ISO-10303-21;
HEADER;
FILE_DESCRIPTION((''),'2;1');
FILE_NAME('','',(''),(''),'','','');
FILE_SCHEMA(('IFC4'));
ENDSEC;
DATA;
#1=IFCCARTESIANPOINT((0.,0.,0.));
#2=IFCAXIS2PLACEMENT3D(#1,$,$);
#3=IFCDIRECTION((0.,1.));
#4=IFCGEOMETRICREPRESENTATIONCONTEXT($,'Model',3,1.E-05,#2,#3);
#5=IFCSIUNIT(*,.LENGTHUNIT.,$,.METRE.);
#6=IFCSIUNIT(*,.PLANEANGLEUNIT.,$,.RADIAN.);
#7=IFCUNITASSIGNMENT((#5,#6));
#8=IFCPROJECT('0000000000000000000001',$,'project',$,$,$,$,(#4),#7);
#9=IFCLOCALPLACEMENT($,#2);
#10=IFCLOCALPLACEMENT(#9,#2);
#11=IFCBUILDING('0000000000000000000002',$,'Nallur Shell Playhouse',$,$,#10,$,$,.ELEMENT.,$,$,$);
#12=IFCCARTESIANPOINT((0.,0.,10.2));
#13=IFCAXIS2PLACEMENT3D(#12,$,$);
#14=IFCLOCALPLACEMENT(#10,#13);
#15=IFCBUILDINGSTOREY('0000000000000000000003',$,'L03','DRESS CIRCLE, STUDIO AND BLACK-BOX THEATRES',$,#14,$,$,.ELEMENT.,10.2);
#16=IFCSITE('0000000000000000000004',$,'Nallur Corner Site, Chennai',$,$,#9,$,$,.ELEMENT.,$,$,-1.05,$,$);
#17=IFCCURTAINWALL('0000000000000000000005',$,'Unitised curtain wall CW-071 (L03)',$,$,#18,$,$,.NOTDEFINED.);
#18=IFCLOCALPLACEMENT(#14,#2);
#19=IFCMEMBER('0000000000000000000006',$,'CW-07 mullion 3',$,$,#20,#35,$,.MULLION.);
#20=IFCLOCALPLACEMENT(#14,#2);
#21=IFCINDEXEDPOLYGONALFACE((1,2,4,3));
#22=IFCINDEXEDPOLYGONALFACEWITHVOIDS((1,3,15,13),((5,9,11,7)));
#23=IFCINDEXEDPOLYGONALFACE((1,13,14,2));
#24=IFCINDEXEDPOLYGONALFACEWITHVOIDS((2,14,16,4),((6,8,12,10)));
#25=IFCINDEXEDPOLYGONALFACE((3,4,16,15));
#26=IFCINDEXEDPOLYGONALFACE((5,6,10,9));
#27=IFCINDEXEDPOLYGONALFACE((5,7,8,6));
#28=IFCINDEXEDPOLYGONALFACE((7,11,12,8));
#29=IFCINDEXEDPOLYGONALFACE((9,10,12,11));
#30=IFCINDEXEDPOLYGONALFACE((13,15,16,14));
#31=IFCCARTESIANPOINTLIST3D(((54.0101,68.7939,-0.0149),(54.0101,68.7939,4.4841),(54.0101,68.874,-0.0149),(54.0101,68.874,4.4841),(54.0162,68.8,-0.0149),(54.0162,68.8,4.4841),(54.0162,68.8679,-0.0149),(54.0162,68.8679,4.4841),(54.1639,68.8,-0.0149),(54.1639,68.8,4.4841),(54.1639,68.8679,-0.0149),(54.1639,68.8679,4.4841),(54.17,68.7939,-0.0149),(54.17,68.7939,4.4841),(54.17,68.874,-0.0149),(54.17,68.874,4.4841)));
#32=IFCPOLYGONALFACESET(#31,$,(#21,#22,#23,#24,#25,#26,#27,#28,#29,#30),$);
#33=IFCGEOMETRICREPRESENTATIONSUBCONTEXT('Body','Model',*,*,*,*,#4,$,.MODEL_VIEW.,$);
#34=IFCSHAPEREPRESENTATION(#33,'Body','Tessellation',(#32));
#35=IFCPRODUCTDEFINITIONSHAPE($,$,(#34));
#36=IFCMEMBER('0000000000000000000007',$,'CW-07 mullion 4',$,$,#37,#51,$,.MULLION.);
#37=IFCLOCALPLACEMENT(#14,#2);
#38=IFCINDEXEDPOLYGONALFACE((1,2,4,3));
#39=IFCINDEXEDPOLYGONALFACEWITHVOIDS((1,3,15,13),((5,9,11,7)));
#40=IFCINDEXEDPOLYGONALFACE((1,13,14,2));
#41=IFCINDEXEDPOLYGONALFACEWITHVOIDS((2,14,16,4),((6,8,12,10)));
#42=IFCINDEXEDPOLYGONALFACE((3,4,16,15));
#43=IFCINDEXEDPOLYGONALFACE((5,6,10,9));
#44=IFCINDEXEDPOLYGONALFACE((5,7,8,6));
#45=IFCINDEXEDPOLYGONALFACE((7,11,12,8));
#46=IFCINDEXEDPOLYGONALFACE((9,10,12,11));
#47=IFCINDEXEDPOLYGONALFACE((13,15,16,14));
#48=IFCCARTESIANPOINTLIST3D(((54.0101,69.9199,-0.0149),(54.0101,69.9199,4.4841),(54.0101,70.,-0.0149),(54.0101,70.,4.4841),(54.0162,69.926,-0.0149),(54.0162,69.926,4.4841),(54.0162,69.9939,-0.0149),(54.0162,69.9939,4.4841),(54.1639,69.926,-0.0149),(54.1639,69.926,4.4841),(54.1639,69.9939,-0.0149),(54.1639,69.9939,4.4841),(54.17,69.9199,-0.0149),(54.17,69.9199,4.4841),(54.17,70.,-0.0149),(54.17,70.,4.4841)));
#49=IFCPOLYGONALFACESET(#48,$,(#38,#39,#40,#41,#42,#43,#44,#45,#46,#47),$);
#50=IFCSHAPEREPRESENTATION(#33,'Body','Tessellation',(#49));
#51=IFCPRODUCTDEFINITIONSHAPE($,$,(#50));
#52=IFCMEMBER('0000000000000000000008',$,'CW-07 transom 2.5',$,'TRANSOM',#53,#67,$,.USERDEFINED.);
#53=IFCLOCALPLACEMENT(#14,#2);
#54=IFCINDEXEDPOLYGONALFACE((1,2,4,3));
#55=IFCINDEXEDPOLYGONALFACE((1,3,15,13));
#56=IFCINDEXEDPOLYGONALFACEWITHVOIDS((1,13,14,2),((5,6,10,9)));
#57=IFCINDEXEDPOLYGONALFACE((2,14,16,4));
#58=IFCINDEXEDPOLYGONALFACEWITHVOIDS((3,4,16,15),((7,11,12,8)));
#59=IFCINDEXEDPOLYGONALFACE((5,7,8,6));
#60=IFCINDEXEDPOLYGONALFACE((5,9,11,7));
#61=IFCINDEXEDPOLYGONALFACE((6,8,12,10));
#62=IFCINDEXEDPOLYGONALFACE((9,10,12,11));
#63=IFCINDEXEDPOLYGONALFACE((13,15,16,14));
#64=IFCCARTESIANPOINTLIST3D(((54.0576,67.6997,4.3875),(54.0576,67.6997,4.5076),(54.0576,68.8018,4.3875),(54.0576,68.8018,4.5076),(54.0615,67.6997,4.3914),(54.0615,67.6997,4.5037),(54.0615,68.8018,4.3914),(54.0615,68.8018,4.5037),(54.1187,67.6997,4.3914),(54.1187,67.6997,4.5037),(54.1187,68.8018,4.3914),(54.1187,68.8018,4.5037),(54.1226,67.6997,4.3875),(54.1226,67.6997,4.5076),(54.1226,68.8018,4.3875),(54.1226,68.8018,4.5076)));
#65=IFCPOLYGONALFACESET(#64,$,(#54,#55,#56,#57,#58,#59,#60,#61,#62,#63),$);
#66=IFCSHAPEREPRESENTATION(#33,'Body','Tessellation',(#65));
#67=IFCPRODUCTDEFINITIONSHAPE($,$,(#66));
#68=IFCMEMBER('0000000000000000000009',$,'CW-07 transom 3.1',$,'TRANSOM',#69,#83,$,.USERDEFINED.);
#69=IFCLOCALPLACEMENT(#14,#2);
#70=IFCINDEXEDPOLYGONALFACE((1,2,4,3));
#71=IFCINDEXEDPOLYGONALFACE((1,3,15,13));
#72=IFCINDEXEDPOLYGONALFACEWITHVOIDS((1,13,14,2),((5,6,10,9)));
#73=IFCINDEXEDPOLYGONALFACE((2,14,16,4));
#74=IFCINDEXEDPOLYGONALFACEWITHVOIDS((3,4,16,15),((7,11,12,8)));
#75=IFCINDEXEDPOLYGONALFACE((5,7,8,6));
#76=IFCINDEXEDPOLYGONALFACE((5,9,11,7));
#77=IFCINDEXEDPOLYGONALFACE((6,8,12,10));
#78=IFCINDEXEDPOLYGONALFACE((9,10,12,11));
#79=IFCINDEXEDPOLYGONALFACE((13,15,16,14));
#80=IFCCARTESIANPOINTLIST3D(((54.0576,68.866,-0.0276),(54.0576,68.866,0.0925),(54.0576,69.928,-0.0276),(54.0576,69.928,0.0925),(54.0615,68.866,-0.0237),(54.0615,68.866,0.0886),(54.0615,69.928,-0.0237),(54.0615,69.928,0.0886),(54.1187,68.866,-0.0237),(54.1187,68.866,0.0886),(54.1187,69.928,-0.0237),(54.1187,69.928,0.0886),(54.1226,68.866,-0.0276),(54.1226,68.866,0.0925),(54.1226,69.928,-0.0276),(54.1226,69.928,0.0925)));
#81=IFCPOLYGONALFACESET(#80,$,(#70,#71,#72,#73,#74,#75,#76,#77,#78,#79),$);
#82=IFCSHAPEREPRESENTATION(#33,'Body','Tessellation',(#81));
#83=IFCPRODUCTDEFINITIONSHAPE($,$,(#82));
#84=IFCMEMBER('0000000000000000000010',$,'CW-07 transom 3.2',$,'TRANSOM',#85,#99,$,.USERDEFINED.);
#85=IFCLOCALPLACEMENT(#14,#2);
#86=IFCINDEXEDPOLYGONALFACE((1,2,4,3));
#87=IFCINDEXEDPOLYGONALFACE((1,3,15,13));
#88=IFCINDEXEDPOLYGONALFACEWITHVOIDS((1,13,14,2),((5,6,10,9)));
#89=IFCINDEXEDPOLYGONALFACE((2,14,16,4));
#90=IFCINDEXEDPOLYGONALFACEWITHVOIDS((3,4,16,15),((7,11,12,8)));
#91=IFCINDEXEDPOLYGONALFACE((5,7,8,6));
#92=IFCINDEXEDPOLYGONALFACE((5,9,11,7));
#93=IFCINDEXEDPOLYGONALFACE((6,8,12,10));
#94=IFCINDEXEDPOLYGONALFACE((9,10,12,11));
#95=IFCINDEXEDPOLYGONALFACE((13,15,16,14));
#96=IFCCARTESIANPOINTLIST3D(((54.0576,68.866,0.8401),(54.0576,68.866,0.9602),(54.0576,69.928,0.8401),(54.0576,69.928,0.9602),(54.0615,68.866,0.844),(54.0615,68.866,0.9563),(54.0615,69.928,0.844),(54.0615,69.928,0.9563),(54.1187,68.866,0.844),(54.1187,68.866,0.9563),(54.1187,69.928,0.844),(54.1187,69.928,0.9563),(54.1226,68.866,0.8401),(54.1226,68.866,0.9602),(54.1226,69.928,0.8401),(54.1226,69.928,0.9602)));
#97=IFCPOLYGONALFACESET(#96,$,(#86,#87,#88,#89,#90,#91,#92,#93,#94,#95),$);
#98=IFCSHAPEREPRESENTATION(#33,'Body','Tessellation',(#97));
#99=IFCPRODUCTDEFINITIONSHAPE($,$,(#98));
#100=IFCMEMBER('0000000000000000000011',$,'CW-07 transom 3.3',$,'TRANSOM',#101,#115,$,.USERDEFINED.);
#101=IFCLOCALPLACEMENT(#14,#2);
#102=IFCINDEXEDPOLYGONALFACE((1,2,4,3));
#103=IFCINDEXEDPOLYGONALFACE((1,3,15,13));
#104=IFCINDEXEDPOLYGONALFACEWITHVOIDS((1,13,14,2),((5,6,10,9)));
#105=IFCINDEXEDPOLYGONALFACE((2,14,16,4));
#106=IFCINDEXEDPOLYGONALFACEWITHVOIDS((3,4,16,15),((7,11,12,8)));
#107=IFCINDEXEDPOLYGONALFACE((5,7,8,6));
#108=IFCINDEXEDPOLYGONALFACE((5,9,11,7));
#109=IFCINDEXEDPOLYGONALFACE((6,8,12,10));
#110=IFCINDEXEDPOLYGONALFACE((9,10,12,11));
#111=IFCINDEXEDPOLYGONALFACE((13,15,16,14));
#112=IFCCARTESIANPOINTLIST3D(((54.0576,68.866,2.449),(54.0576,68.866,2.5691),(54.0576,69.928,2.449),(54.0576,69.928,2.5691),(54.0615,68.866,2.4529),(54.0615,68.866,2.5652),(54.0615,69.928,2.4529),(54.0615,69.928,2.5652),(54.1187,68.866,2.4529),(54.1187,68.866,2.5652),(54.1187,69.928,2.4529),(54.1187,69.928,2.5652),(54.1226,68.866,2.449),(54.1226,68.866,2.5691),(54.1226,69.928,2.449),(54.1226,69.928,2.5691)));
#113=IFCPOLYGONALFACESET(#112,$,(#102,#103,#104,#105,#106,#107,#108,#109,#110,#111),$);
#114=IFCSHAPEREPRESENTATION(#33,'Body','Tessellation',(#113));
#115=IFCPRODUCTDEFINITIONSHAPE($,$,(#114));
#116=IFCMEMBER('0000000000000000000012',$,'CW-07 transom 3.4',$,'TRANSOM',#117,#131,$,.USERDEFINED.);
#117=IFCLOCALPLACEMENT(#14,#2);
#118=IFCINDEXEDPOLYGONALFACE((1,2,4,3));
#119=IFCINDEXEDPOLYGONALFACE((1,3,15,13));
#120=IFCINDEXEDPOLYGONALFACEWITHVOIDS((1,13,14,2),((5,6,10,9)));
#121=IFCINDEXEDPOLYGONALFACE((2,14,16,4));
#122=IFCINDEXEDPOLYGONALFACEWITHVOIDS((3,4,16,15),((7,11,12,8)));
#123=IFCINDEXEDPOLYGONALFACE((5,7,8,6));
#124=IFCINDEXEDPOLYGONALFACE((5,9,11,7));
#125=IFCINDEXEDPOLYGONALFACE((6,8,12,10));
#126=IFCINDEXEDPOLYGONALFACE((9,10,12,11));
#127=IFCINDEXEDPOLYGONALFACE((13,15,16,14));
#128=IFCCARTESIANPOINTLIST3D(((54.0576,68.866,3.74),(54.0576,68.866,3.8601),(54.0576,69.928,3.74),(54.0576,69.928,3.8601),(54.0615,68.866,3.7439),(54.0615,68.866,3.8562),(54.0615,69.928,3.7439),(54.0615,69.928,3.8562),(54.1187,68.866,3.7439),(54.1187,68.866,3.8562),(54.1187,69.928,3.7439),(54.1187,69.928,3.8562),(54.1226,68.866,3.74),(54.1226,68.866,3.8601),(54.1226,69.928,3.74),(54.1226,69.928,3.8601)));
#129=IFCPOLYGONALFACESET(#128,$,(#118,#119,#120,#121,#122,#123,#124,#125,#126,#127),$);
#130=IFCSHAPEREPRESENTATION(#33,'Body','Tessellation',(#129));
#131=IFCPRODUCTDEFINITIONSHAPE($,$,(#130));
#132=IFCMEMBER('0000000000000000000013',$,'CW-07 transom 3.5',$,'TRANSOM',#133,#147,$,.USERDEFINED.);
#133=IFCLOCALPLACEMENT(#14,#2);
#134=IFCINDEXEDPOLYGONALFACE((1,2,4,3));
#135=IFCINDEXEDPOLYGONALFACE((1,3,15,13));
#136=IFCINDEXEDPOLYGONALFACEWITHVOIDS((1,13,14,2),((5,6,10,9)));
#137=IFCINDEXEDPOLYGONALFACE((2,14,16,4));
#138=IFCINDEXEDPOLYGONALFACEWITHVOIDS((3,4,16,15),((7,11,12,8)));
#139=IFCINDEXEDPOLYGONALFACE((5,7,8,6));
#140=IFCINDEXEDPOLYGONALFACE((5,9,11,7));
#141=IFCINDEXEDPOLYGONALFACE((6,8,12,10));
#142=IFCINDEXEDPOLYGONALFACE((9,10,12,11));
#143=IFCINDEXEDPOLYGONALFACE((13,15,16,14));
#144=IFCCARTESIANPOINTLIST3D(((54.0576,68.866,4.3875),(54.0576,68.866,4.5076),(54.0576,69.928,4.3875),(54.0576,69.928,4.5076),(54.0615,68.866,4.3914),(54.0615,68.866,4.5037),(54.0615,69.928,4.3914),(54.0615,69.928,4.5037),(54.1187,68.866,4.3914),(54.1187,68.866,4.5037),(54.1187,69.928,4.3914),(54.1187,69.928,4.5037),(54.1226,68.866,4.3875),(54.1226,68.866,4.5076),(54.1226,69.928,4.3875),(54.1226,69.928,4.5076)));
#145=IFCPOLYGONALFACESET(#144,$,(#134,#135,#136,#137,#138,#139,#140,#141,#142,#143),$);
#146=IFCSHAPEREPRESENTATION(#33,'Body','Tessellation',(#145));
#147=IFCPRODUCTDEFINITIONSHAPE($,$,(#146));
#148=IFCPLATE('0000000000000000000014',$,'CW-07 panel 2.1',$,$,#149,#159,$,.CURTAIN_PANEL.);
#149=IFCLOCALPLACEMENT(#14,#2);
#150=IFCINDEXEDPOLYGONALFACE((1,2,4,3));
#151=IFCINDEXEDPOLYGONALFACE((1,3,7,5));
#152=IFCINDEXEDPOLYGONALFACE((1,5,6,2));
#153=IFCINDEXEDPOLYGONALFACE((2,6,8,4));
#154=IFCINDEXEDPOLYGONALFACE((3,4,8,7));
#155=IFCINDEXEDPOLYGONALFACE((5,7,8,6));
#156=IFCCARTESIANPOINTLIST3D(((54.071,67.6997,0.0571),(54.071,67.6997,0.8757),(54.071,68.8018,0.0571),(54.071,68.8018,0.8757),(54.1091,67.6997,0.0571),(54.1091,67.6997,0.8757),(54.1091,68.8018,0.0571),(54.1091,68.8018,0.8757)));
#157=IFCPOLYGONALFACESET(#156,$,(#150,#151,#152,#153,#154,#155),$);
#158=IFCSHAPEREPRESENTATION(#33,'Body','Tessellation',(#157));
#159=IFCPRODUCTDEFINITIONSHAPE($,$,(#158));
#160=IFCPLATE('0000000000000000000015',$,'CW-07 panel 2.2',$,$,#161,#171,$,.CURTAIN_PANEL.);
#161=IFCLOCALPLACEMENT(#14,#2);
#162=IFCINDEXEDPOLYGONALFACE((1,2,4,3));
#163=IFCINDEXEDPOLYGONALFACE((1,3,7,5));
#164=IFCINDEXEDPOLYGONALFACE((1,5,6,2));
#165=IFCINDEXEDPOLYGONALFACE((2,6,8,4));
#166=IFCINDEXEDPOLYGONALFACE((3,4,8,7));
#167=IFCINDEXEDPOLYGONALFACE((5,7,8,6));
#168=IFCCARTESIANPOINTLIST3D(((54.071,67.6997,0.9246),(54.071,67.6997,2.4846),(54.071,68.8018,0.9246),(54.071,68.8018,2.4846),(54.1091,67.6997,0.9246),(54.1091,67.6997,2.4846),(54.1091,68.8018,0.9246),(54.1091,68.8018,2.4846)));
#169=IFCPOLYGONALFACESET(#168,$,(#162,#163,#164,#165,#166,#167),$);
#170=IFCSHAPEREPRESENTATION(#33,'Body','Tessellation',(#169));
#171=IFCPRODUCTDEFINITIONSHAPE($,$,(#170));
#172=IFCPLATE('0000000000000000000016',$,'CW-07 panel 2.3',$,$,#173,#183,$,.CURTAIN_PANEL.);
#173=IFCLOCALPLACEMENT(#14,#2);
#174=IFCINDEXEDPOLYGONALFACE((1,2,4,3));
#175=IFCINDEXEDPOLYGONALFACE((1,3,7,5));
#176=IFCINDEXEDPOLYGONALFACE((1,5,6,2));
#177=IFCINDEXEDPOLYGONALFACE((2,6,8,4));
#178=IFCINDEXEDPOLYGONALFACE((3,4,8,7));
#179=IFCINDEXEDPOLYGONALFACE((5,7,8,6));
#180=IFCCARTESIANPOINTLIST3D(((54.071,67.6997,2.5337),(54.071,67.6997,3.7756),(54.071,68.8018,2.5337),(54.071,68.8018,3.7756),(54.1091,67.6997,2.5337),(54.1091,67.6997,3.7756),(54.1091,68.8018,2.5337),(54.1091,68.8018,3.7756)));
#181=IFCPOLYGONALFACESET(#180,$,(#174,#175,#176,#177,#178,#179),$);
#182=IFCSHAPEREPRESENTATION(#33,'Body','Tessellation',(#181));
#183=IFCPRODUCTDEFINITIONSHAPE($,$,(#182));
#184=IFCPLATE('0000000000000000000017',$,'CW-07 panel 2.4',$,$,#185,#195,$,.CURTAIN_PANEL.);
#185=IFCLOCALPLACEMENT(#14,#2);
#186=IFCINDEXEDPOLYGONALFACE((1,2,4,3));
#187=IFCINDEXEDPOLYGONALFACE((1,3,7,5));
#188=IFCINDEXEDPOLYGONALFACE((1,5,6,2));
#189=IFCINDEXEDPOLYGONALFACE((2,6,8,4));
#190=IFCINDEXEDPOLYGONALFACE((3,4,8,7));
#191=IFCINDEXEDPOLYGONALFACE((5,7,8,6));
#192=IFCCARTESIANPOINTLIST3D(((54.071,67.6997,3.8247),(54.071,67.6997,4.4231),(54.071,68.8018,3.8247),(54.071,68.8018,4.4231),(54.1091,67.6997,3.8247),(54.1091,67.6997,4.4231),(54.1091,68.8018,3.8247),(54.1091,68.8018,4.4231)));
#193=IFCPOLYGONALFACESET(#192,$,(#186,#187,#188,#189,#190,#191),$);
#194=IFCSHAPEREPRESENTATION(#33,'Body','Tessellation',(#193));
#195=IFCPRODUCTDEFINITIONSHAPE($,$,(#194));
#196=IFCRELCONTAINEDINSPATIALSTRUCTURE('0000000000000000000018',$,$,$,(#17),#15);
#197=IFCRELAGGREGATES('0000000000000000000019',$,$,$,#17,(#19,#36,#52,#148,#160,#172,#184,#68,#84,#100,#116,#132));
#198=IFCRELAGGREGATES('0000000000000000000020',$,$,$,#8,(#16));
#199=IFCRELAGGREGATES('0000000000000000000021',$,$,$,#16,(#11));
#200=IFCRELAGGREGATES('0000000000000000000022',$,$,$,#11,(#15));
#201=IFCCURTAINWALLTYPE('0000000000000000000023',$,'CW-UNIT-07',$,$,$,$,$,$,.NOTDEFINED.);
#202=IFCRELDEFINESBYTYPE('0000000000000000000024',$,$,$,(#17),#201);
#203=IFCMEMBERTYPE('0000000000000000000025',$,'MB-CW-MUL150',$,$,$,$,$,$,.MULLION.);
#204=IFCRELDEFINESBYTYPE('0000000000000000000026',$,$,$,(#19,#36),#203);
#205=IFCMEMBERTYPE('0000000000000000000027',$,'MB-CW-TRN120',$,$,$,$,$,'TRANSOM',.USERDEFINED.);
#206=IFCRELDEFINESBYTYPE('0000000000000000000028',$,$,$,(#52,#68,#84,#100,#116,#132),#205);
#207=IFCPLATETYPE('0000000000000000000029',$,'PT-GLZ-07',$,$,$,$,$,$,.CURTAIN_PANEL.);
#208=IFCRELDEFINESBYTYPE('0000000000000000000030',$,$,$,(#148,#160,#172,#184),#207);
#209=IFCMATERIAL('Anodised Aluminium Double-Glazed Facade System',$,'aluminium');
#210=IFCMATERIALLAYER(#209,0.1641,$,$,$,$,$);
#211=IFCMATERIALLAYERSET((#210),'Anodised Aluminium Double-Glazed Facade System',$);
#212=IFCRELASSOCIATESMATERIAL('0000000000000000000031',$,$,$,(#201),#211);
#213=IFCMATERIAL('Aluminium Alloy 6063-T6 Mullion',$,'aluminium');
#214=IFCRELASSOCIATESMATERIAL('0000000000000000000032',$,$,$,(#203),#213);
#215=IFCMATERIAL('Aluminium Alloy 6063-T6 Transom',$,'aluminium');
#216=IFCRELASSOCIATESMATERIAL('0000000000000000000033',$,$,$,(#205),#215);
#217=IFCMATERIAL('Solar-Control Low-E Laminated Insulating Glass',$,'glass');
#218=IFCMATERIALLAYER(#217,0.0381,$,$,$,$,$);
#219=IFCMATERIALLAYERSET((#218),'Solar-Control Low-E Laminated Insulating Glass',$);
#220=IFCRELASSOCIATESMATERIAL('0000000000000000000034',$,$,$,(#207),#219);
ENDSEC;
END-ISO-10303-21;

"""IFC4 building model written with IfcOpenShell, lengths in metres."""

from ifc_helpers import new_model, si_unit, direction, frame, origin, origin_2d, place, context, subcontext, project, spatial, rectangle, hollow_rectangle, extrude, material, layer, layer_set, material_profile, profile_set, type_object, element, aggregate, save


model = new_model("IFC4")

# Units and contexts
model_context = context("Model", 3, precision=1e-05, world=origin(), true_north=direction((0.0, 1.0)))
body_context = subcontext(model_context, "Body", "Model", "MODEL_VIEW")
ifc_project = project(units=[si_unit("LENGTHUNIT", "METRE"), si_unit("PLANEANGLEUNIT", "RADIAN")], contexts=[model_context])

# Site, building, storey
site_placement = place(None, origin())
site = spatial("IfcSite", under=ifc_project, at=site_placement, Name="Nallur Corner Site, Chennai", CompositionType="ELEMENT", RefElevation=-1.05)
building_placement = place(site_placement, origin())
building = spatial("IfcBuilding", under=site, at=building_placement, Name="Nallur Shell Playhouse", CompositionType="ELEMENT")
storey_placement = place(building_placement, frame((0.0, 0.0, 10.2)))
storey = spatial("IfcBuildingStorey", under=building, at=storey_placement, Name="L03", Description="DRESS CIRCLE, STUDIO AND BLACK-BOX THEATRES", CompositionType="ELEMENT", Elevation=10.2)

# Curtain wall, members, plates
ifc_material_1 = material(Name="Anodised Aluminium Double-Glazed Facade System", Category="aluminium")
ifc_layer_1 = layer(ifc_material_1, 0.1641)
ifc_layer_set_1 = layer_set([ifc_layer_1], Name="Anodised Aluminium Double-Glazed Facade System")
curtain_wall_type = type_object("IfcCurtainWallType", Name="CW-UNIT-07", PredefinedType="NOTDEFINED", material=ifc_layer_set_1)
curtain_wall_placement = place(storey_placement, origin())
curtain_wall = element("IfcCurtainWall", 1, at=curtain_wall_placement, inside=storey, type_object=curtain_wall_type, Name="Unitised curtain wall CW-071 (L03)", PredefinedType="NOTDEFINED")
ifc_material_2 = material(Name="Aluminium Alloy 6063-T6 Mullion", Category="aluminium")
ifc_material_profile_1 = material_profile(ifc_material_2, hollow_rectangle(XDim=0.0801, YDim=0.1599, WallThickness=0.0061, at=origin_2d()), Name="RHS 160x80x6")
ifc_profile_set_1 = profile_set([ifc_material_profile_1], Name="Aluminium Alloy 6063-T6 Mullion")
member_type_1 = type_object("IfcMemberType", Name="MB-CW-MUL150", PredefinedType="MULLION", material=ifc_profile_set_1)
member_1_placement = place(storey_placement, frame((54.0901, 68.834, -0.0149), z_axis=(0.0, 0.0, 1.0), x_axis=(0.0, 1.0, 0.0)))
member_1 = element("IfcMember", 2, at=member_1_placement, type_object=member_type_1, Name="CW-07 mullion 3", PredefinedType="MULLION", context=body_context, shape_type="SweptSolid", body=[
    extrude(hollow_rectangle(XDim=0.0801, YDim=0.1599, WallThickness=0.0061, at=origin_2d()), origin(), (0.0, 0.0, 1.0), 4.499),
])
member_2_placement = place(storey_placement, frame((54.0901, 69.96, -0.0149), z_axis=(0.0, 0.0, 1.0), x_axis=(0.0, 1.0, 0.0)))
member_2 = element("IfcMember", 3, at=member_2_placement, type_object=member_type_1, Name="CW-07 mullion 4", PredefinedType="MULLION", context=body_context, shape_type="SweptSolid", body=[
    extrude(hollow_rectangle(XDim=0.0801, YDim=0.1599, WallThickness=0.0061, at=origin_2d()), origin(), (0.0, 0.0, 1.0), 4.499),
])
ifc_material_3 = material(Name="Aluminium Alloy 6063-T6 Transom", Category="aluminium")
ifc_material_profile_2 = material_profile(ifc_material_3, hollow_rectangle(XDim=0.0649, YDim=0.1201, WallThickness=0.0039, at=origin_2d()), Name="ALU 65x120x4")
ifc_profile_set_2 = profile_set([ifc_material_profile_2], Name="Aluminium Alloy 6063-T6 Transom")
member_type_2 = type_object("IfcMemberType", Name="MB-CW-TRN120", ElementType="TRANSOM", PredefinedType="USERDEFINED", material=ifc_profile_set_2)
member_3_placement = place(storey_placement, frame((54.0901, 67.6997, 4.4475), z_axis=(0.0, 1.0, 0.0), x_axis=(-1.0, 0.0, 0.0)))
member_3 = element("IfcMember", 4, at=member_3_placement, type_object=member_type_2, Name="CW-07 transom 2.5", ObjectType="TRANSOM", PredefinedType="USERDEFINED", context=body_context, shape_type="SweptSolid", body=[
    extrude(hollow_rectangle(XDim=0.0649, YDim=0.1201, WallThickness=0.0039, at=origin_2d()), origin(), (0.0, 0.0, 1.0), 1.1021),
])
member_4_placement = place(storey_placement, frame((54.0901, 68.866, 0.0325), z_axis=(0.0, 1.0, 0.0), x_axis=(-1.0, 0.0, 0.0)))
member_4 = element("IfcMember", 5, at=member_4_placement, type_object=member_type_2, Name="CW-07 transom 3.1", ObjectType="TRANSOM", PredefinedType="USERDEFINED", context=body_context, shape_type="SweptSolid", body=[
    extrude(hollow_rectangle(XDim=0.0649, YDim=0.1201, WallThickness=0.0039, at=origin_2d()), origin(), (0.0, 0.0, 1.0), 1.062),
])
member_5_placement = place(storey_placement, frame((54.0901, 68.866, 0.9001), z_axis=(0.0, 1.0, 0.0), x_axis=(-1.0, 0.0, 0.0)))
member_5 = element("IfcMember", 6, at=member_5_placement, type_object=member_type_2, Name="CW-07 transom 3.2", ObjectType="TRANSOM", PredefinedType="USERDEFINED", context=body_context, shape_type="SweptSolid", body=[
    extrude(hollow_rectangle(XDim=0.0649, YDim=0.1201, WallThickness=0.0039, at=origin_2d()), origin(), (0.0, 0.0, 1.0), 1.062),
])
member_6_placement = place(storey_placement, frame((54.0901, 68.866, 2.509), z_axis=(0.0, 1.0, 0.0), x_axis=(-1.0, 0.0, 0.0)))
member_6 = element("IfcMember", 7, at=member_6_placement, type_object=member_type_2, Name="CW-07 transom 3.3", ObjectType="TRANSOM", PredefinedType="USERDEFINED", context=body_context, shape_type="SweptSolid", body=[
    extrude(hollow_rectangle(XDim=0.0649, YDim=0.1201, WallThickness=0.0039, at=origin_2d()), origin(), (0.0, 0.0, 1.0), 1.062),
])
member_7_placement = place(storey_placement, frame((54.0901, 68.866, 3.8), z_axis=(0.0, 1.0, 0.0), x_axis=(-1.0, 0.0, 0.0)))
member_7 = element("IfcMember", 8, at=member_7_placement, type_object=member_type_2, Name="CW-07 transom 3.4", ObjectType="TRANSOM", PredefinedType="USERDEFINED", context=body_context, shape_type="SweptSolid", body=[
    extrude(hollow_rectangle(XDim=0.0649, YDim=0.1201, WallThickness=0.0039, at=origin_2d()), origin(), (0.0, 0.0, 1.0), 1.062),
])
member_8_placement = place(storey_placement, frame((54.0901, 68.866, 4.4475), z_axis=(0.0, 1.0, 0.0), x_axis=(-1.0, 0.0, 0.0)))
member_8 = element("IfcMember", 9, at=member_8_placement, type_object=member_type_2, Name="CW-07 transom 3.5", ObjectType="TRANSOM", PredefinedType="USERDEFINED", context=body_context, shape_type="SweptSolid", body=[
    extrude(hollow_rectangle(XDim=0.0649, YDim=0.1201, WallThickness=0.0039, at=origin_2d()), origin(), (0.0, 0.0, 1.0), 1.062),
])
ifc_material_4 = material(Name="Solar-Control Low-E Laminated Insulating Glass", Category="glass")
ifc_layer_2 = layer(ifc_material_4, 0.0381)
ifc_layer_set_2 = layer_set([ifc_layer_2], Name="Solar-Control Low-E Laminated Insulating Glass")
plate_type = type_object("IfcPlateType", Name="PT-GLZ-07", PredefinedType="CURTAIN_PANEL", material=ifc_layer_set_2)
plate_1_placement = place(storey_placement, frame((54.0901, 68.2507, 0.0571), z_axis=(0.0, 0.0, 1.0), x_axis=(0.0, 1.0, 0.0)))
plate_1 = element("IfcPlate", 10, at=plate_1_placement, type_object=plate_type, Name="CW-07 panel 2.1", PredefinedType="CURTAIN_PANEL", context=body_context, shape_type="SweptSolid", body=[
    extrude(rectangle(XDim=1.1021, YDim=0.0381, at=origin_2d()), origin(), (0.0, 0.0, 1.0), 0.8186),
])
plate_2_placement = place(storey_placement, frame((54.0901, 68.2507, 0.9246), z_axis=(0.0, 0.0, 1.0), x_axis=(0.0, 1.0, 0.0)))
plate_2 = element("IfcPlate", 11, at=plate_2_placement, type_object=plate_type, Name="CW-07 panel 2.2", PredefinedType="CURTAIN_PANEL", context=body_context, shape_type="SweptSolid", body=[
    extrude(rectangle(XDim=1.1021, YDim=0.0381, at=origin_2d()), origin(), (0.0, 0.0, 1.0), 1.5601),
])
plate_3_placement = place(storey_placement, frame((54.0901, 68.2507, 2.5337), z_axis=(0.0, 0.0, 1.0), x_axis=(0.0, 1.0, 0.0)))
plate_3 = element("IfcPlate", 12, at=plate_3_placement, type_object=plate_type, Name="CW-07 panel 2.3", PredefinedType="CURTAIN_PANEL", context=body_context, shape_type="SweptSolid", body=[
    extrude(rectangle(XDim=1.1021, YDim=0.0381, at=origin_2d()), origin(), (0.0, 0.0, 1.0), 1.2419),
])
plate_4_placement = place(storey_placement, frame((54.0901, 68.2507, 3.8247), z_axis=(0.0, 0.0, 1.0), x_axis=(0.0, 1.0, 0.0)))
plate_4 = element("IfcPlate", 13, at=plate_4_placement, type_object=plate_type, Name="CW-07 panel 2.4", PredefinedType="CURTAIN_PANEL", context=body_context, shape_type="SweptSolid", body=[
    extrude(rectangle(XDim=1.1021, YDim=0.0381, at=origin_2d()), origin(), (0.0, 0.0, 1.0), 0.5984),
])
aggregate(curtain_wall, [member_1, member_2, member_3, plate_1, plate_2, plate_3, plate_4, member_4, member_5, member_6, member_7, member_8])

save(model, "model.ifc")
